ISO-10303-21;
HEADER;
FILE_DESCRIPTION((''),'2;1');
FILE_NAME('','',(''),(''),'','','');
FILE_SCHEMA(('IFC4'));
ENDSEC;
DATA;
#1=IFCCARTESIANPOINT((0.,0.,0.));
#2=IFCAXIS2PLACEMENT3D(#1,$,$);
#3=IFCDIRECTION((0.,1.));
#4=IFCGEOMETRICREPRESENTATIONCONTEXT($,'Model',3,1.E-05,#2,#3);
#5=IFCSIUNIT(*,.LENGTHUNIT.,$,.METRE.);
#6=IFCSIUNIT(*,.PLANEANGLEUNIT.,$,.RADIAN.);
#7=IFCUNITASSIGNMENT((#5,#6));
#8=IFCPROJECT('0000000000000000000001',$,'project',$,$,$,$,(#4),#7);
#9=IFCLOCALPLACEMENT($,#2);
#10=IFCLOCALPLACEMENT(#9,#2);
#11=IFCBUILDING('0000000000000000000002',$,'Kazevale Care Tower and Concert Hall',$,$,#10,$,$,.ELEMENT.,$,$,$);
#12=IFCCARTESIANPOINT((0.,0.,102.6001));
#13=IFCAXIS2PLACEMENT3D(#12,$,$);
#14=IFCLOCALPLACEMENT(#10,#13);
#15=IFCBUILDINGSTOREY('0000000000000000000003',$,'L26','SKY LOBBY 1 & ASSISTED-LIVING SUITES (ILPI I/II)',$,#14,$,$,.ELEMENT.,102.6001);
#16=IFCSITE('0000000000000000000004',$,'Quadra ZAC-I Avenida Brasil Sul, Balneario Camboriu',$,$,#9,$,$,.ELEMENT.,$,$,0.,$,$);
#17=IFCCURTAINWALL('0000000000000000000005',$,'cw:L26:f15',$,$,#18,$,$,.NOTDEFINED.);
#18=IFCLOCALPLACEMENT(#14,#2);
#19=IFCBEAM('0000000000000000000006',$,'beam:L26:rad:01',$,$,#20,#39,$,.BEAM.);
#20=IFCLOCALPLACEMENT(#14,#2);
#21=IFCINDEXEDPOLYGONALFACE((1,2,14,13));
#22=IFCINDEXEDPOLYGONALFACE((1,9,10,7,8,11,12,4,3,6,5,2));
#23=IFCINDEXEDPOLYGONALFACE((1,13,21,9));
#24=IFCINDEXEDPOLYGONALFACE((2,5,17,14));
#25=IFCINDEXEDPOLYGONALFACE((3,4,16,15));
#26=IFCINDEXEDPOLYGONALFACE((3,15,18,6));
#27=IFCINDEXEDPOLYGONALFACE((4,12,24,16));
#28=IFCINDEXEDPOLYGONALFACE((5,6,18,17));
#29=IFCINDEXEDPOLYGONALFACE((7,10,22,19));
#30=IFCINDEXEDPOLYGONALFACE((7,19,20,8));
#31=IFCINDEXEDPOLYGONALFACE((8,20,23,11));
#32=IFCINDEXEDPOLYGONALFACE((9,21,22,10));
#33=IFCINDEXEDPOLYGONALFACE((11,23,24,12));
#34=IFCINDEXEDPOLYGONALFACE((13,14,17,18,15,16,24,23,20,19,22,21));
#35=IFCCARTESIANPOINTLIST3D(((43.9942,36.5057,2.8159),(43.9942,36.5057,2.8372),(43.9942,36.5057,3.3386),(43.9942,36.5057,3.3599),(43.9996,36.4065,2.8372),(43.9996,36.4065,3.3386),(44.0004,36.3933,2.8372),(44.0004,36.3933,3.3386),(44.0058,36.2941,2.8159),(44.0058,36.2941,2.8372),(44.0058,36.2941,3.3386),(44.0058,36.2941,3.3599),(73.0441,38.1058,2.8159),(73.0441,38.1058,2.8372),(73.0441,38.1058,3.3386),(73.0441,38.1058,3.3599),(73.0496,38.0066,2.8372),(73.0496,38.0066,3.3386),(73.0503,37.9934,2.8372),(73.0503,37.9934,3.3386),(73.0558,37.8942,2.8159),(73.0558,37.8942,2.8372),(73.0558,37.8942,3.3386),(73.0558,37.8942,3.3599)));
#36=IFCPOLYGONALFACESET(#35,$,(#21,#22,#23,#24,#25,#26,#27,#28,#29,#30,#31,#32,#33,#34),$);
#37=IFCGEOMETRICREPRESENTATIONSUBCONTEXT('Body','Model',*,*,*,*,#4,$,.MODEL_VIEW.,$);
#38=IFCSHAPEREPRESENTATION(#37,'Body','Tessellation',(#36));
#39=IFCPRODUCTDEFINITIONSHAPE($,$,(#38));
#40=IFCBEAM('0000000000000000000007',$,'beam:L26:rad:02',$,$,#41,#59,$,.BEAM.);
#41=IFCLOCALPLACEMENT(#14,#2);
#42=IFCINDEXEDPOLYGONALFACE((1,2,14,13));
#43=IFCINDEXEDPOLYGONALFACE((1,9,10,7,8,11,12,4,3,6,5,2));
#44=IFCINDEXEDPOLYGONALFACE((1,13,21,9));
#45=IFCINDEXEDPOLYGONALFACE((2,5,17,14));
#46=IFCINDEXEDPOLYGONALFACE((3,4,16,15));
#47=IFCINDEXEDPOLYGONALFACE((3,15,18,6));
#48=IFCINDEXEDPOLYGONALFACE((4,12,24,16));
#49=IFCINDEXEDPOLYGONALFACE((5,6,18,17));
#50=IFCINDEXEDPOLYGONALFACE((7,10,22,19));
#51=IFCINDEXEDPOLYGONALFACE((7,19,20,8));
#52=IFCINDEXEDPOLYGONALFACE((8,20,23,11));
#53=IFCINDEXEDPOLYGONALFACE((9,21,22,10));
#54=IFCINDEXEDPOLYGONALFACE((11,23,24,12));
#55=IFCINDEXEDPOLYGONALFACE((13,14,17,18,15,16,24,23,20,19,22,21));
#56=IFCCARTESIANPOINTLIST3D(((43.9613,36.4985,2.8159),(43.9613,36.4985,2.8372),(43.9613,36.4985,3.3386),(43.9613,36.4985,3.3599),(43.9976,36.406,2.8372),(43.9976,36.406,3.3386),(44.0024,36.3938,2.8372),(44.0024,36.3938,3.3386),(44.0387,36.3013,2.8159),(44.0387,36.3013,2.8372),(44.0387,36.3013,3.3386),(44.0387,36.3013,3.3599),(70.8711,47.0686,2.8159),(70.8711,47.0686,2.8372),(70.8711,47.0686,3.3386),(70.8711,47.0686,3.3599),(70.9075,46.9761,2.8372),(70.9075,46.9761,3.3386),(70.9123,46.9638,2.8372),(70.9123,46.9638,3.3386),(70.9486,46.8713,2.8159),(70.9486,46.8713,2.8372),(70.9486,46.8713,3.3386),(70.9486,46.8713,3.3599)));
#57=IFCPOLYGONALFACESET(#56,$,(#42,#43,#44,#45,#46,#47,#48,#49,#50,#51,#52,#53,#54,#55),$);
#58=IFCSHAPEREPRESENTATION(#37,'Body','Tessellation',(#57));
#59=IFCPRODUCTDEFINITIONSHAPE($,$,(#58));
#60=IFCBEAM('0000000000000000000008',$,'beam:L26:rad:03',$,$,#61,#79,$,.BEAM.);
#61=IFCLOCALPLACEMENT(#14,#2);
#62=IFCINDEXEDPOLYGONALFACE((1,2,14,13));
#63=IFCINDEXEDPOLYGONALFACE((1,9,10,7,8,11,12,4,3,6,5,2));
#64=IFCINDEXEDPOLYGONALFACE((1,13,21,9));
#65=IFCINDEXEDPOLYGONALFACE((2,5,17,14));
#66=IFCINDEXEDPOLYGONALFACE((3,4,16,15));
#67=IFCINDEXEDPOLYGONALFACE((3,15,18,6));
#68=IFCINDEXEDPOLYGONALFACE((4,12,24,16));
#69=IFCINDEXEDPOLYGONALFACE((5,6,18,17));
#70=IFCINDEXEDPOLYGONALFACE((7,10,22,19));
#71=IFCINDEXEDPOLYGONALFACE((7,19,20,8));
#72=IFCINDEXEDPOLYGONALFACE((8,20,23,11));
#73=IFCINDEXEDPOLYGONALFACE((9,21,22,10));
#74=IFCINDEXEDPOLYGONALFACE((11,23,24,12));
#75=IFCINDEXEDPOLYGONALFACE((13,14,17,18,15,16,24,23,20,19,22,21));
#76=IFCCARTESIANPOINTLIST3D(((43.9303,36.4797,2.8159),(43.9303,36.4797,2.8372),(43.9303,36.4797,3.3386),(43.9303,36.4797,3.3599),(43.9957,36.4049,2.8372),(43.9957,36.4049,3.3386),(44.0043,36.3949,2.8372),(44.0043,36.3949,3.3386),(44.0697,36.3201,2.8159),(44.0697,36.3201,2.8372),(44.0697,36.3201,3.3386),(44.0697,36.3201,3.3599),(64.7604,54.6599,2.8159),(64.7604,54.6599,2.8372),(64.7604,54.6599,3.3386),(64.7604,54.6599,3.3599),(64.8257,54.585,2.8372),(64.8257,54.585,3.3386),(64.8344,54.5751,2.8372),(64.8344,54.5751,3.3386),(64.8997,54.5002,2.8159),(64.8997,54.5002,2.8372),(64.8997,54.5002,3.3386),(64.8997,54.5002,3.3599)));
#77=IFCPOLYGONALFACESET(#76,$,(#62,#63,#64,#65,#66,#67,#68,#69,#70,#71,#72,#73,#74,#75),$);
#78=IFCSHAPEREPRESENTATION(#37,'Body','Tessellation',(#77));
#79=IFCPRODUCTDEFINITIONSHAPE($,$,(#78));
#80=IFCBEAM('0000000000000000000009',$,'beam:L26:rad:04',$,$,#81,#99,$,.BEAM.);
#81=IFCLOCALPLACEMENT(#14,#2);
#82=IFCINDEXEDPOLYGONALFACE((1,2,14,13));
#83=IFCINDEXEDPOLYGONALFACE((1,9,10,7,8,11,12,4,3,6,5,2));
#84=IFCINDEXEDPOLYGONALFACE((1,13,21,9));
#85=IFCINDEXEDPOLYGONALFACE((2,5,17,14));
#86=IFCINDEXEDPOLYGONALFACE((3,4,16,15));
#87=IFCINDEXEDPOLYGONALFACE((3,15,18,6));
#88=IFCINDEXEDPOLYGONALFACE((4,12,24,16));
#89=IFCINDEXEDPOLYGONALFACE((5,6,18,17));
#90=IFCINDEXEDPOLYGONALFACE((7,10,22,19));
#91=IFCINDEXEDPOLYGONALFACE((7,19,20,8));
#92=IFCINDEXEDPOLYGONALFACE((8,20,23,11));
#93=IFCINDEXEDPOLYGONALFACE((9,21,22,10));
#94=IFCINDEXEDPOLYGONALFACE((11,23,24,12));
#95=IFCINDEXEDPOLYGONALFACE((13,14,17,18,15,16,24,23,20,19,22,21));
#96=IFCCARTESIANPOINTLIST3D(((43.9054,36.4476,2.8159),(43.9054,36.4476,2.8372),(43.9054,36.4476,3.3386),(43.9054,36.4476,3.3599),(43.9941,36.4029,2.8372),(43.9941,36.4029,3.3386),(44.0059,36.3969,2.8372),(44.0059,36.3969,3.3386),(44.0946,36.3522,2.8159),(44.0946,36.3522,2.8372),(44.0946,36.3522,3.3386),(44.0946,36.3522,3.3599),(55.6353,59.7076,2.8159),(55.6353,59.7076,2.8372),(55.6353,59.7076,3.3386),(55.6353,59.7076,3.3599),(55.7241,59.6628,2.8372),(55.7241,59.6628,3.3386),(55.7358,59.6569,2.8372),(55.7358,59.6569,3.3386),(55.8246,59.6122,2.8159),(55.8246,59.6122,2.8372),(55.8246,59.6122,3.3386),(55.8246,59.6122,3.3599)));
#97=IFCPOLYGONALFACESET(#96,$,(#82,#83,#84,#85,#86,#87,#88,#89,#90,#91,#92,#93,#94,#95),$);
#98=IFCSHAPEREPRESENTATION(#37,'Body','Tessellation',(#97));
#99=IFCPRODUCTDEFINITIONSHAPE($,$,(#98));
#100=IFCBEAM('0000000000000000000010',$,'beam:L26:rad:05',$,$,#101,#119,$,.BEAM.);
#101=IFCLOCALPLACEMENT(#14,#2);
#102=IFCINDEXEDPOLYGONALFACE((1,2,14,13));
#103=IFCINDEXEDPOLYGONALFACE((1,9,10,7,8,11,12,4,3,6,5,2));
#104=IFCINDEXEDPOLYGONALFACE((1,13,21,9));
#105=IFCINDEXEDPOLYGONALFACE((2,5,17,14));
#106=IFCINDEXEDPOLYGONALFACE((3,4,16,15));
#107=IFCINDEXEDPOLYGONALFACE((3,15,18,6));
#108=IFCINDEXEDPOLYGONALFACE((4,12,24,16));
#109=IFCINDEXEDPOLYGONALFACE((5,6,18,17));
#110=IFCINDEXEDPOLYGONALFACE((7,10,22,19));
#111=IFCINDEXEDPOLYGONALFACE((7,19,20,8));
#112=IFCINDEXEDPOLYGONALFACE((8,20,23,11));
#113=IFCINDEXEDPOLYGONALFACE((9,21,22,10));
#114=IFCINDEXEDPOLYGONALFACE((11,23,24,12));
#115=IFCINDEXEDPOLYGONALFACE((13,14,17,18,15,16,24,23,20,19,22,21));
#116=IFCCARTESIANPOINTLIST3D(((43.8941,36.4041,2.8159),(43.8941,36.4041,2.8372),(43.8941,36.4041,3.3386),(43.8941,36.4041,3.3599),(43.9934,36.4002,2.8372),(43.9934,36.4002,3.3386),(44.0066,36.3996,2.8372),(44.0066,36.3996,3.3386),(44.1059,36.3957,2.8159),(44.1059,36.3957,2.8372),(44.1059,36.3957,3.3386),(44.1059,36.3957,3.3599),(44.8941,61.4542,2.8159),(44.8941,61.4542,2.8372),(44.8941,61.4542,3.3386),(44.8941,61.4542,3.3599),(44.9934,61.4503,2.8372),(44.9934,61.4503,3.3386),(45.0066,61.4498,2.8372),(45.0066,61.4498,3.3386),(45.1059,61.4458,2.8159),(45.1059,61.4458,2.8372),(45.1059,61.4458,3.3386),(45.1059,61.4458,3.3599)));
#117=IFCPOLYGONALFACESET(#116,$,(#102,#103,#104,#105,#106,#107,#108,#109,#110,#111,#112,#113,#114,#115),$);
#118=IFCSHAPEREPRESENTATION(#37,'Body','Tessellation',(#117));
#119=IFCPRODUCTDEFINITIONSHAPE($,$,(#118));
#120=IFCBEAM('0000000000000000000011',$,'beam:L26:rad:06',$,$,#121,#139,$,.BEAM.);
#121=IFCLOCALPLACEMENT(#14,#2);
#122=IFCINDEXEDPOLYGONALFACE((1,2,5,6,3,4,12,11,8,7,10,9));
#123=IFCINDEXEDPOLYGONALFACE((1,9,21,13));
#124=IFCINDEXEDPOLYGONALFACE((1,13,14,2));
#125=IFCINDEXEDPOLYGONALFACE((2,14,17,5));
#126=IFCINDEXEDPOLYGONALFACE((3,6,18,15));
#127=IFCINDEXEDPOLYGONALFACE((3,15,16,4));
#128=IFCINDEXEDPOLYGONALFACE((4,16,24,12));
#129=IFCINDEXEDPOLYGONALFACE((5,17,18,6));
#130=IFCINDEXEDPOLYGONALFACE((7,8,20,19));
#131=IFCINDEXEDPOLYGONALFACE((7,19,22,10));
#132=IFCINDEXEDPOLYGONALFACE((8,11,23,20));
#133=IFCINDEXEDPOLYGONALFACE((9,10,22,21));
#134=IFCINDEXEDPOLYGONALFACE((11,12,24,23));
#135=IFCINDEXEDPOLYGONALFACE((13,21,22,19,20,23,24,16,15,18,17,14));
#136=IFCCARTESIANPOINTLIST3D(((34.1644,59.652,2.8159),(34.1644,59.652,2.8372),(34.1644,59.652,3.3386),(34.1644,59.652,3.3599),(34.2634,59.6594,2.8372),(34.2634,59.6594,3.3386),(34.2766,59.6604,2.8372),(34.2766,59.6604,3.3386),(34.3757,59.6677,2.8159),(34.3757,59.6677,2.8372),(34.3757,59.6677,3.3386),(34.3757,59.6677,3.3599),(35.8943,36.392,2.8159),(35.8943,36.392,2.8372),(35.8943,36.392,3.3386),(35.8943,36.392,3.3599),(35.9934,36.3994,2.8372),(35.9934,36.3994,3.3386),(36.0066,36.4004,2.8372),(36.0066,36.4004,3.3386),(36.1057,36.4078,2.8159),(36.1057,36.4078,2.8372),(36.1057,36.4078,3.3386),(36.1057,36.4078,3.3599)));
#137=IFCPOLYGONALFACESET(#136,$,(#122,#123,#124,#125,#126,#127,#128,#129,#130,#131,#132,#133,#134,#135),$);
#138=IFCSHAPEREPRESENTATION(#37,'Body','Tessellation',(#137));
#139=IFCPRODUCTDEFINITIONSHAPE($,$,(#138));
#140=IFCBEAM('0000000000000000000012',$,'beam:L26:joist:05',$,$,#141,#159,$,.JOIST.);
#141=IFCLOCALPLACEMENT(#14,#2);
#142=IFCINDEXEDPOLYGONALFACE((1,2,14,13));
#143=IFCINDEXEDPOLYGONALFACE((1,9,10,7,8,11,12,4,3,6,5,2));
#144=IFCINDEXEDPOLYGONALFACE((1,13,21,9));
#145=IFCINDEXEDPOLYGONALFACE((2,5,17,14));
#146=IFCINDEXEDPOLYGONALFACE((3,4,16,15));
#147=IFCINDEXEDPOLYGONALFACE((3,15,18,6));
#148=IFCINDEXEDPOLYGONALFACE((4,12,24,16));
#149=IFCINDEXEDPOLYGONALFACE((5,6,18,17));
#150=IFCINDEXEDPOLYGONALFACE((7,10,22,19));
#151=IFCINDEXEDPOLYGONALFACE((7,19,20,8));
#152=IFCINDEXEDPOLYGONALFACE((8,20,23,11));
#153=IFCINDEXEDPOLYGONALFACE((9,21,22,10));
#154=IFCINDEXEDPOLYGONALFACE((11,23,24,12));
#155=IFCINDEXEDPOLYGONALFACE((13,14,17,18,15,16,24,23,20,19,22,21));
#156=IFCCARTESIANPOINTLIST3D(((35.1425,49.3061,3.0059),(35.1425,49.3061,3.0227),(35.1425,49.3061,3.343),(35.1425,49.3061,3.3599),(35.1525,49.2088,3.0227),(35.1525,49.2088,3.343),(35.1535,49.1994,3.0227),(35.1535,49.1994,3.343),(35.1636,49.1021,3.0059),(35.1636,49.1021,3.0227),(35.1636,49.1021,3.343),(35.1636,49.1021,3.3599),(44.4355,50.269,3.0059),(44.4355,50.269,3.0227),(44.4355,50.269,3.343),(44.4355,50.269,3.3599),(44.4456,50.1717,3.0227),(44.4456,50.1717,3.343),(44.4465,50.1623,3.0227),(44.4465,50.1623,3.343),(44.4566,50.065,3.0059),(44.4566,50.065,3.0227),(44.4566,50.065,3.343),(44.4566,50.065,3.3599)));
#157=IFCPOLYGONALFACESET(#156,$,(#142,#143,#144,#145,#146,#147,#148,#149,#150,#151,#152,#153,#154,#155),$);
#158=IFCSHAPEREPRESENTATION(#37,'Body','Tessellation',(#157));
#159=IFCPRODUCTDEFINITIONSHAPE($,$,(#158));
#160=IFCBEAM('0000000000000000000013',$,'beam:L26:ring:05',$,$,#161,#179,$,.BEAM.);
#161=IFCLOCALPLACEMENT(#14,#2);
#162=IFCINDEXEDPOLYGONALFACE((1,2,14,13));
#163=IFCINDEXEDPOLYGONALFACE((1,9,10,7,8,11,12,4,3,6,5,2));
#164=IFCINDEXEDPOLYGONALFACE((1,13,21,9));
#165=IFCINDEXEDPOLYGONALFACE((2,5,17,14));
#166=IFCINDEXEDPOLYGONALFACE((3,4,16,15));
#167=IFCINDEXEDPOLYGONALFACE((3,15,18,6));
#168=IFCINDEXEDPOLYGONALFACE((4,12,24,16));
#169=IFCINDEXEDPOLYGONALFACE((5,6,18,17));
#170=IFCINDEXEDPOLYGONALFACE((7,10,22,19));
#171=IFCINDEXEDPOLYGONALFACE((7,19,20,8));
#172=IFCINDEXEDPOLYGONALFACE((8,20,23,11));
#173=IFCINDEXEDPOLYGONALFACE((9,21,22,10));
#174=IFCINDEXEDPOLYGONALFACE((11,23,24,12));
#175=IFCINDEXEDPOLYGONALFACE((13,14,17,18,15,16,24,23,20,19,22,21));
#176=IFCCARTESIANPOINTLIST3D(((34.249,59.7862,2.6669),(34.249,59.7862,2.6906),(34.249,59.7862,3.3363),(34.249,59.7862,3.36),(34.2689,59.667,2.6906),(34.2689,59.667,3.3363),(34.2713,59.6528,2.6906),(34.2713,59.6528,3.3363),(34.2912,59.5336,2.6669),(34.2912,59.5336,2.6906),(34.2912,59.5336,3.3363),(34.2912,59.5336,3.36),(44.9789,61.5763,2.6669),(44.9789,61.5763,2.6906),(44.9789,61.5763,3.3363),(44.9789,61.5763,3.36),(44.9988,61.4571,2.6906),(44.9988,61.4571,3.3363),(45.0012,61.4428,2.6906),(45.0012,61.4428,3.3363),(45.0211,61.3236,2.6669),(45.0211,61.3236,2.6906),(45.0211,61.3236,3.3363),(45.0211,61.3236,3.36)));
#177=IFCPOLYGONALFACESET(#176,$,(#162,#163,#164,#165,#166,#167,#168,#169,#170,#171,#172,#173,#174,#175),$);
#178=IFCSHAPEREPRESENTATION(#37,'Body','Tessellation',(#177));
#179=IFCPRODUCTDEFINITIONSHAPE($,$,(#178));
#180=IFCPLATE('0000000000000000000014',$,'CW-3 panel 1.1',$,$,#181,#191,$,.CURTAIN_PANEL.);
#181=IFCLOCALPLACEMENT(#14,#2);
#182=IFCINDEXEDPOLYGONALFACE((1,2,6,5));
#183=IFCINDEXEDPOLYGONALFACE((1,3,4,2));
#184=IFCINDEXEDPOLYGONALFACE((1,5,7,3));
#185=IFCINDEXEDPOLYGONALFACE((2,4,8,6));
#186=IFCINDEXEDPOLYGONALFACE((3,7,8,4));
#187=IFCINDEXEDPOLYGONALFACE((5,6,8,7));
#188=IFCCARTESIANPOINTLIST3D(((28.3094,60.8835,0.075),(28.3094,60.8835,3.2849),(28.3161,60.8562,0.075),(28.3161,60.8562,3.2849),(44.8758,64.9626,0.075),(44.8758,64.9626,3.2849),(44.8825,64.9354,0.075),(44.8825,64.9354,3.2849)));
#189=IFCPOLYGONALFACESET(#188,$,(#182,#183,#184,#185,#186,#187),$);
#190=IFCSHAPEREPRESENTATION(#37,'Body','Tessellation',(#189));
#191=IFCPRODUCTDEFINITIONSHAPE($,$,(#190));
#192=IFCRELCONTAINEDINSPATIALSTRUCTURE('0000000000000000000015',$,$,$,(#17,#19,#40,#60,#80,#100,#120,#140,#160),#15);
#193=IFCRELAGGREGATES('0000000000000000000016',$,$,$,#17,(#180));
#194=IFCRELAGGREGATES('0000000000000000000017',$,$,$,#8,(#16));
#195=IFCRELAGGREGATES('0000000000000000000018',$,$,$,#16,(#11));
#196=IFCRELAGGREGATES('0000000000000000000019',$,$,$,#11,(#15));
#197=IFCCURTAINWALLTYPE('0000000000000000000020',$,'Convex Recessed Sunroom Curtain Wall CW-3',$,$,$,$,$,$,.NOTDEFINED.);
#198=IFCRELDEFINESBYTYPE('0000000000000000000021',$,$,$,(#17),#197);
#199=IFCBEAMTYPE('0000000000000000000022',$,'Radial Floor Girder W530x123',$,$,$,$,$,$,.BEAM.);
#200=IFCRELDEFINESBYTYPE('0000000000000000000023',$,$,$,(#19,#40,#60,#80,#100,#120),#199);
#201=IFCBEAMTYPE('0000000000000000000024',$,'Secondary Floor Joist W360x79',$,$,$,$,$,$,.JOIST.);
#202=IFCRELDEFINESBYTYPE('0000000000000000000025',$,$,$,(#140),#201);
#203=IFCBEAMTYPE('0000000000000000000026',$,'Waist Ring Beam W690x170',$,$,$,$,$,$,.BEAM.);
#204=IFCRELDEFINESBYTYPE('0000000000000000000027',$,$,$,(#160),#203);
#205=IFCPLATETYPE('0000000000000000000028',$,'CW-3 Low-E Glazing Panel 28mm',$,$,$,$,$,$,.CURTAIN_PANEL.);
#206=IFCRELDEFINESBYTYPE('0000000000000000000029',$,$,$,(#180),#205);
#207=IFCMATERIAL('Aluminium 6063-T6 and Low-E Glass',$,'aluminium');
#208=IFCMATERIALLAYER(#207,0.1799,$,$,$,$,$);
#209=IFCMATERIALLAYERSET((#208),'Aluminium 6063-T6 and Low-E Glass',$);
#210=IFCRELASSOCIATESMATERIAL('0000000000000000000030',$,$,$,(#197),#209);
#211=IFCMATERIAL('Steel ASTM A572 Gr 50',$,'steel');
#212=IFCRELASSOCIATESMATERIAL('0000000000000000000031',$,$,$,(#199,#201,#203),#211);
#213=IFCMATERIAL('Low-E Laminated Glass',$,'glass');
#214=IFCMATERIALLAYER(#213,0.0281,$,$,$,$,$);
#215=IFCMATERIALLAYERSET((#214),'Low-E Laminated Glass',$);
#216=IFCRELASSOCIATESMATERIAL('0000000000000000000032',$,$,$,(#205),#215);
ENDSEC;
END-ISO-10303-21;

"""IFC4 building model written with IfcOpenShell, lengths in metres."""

from ifc_helpers import new_model, si_unit, direction, frame, origin, origin_2d, place, context, subcontext, project, spatial, rectangle, i_section, extrude, material, layer, layer_set, material_profile, profile_set, type_object, element, aggregate, save


model = new_model("IFC4")

# Units and contexts
model_context = context("Model", 3, precision=1e-05, world=origin(), true_north=direction((0.0, 1.0)))
body_context = subcontext(model_context, "Body", "Model", "MODEL_VIEW")
ifc_project = project(units=[si_unit("LENGTHUNIT", "METRE"), si_unit("PLANEANGLEUNIT", "RADIAN")], contexts=[model_context])

# Site, building, storey
site_placement = place(None, origin())
site = spatial("IfcSite", under=ifc_project, at=site_placement, Name="Quadra ZAC-I Avenida Brasil Sul, Balneario Camboriu", CompositionType="ELEMENT", RefElevation=0.0)
building_placement = place(site_placement, origin())
building = spatial("IfcBuilding", under=site, at=building_placement, Name="Kazevale Care Tower and Concert Hall", CompositionType="ELEMENT")
storey_placement = place(building_placement, frame((0.0, 0.0, 102.6001)))
storey = spatial("IfcBuildingStorey", under=building, at=storey_placement, Name="L26", Description="SKY LOBBY 1 & ASSISTED-LIVING SUITES (ILPI I/II)", CompositionType="ELEMENT", Elevation=102.6001)

# Shared definitions
ifc_material_1 = material(Name="Aluminium 6063-T6 and Low-E Glass", Category="aluminium")

# Curtain wall
ifc_layer_1 = layer(ifc_material_1, 0.1799)
ifc_layer_set_1 = layer_set([ifc_layer_1], Name="Aluminium 6063-T6 and Low-E Glass")
curtain_wall_type_1 = type_object("IfcCurtainWallType", Name="Convex Recessed Sunroom Curtain Wall CW-3", PredefinedType="NOTDEFINED", material=ifc_layer_set_1)
curtain_wall_1_placement = place(storey_placement, origin())
curtain_wall_1 = element("IfcCurtainWall", 1, at=curtain_wall_1_placement, inside=storey, type_object=curtain_wall_type_1, Name="cw:L26:f15", PredefinedType="NOTDEFINED")

# Beams
ifc_material_2 = material(Name="Steel ASTM A572 Gr 50", Category="steel")
ifc_material_profile_1 = material_profile(ifc_material_2, i_section(OverallWidth=0.2119, OverallDepth=0.5439, WebThickness=0.0132, FlangeThickness=0.0212, at=origin_2d()), Name="W530x123")
ifc_profile_set_1 = profile_set([ifc_material_profile_1], Name="Steel ASTM A572 Gr 50")
beam_type_1 = type_object("IfcBeamType", Name="Radial Floor Girder W530x123", PredefinedType="BEAM", material=ifc_profile_set_1)
beam_1_placement = place(storey_placement, frame((44.0, 36.3999, 3.0879), z_axis=(0.998487, 0.054997, 0.0), x_axis=(-0.054997, 0.998487, 0.0)))
element("IfcBeam", 2, at=beam_1_placement, inside=storey, type_object=beam_type_1, Name="beam:L26:rad:01", PredefinedType="BEAM", context=body_context, shape_type="SweptSolid", body=[
    extrude(i_section(OverallWidth=0.2119, OverallDepth=0.5439, WebThickness=0.0132, FlangeThickness=0.0212, at=origin_2d()), origin(), (0.0, 0.0, 1.0), 29.094),
])
beam_2_placement = place(storey_placement, frame((44.0, 36.3999, 3.0879), z_axis=(0.930771, 0.365602, 0.0), x_axis=(-0.365602, 0.930771, 0.0)))
element("IfcBeam", 3, at=beam_2_placement, inside=storey, type_object=beam_type_1, Name="beam:L26:rad:02", PredefinedType="BEAM", context=body_context, shape_type="SweptSolid", body=[
    extrude(i_section(OverallWidth=0.2119, OverallDepth=0.5439, WebThickness=0.0132, FlangeThickness=0.0212, at=origin_2d()), origin(), (0.0, 0.0, 1.0), 28.9114),
])
beam_3_placement = place(storey_placement, frame((44.0, 36.3999, 3.0879), z_axis=(0.753403, 0.657559, 0.0), x_axis=(-0.657559, 0.753403, 0.0)))
element("IfcBeam", 4, at=beam_3_placement, inside=storey, type_object=beam_type_1, Name="beam:L26:rad:03", PredefinedType="BEAM", context=body_context, shape_type="SweptSolid", body=[
    extrude(i_section(OverallWidth=0.2119, OverallDepth=0.5439, WebThickness=0.0132, FlangeThickness=0.0212, at=origin_2d()), origin(), (0.0, 0.0, 1.0), 27.6479),
])
beam_4_placement = place(storey_placement, frame((44.0, 36.3999, 3.0879), z_axis=(0.450281, 0.892887, 0.0), x_axis=(-0.892887, 0.450281, 0.0)))
element("IfcBeam", 5, at=beam_4_placement, inside=storey, type_object=beam_type_1, Name="beam:L26:rad:04", PredefinedType="BEAM", context=body_context, shape_type="SweptSolid", body=[
    extrude(i_section(OverallWidth=0.2119, OverallDepth=0.5439, WebThickness=0.0132, FlangeThickness=0.0212, at=origin_2d()), origin(), (0.0, 0.0, 1.0), 26.0503),
])
beam_5_placement = place(storey_placement, frame((44.0, 36.3999, 3.0879), z_axis=(0.039888, 0.999204, 0.0), x_axis=(-0.999204, 0.039888, 0.0)))
element("IfcBeam", 6, at=beam_5_placement, inside=storey, type_object=beam_type_1, Name="beam:L26:rad:05", PredefinedType="BEAM", context=body_context, shape_type="SweptSolid", body=[
    extrude(i_section(OverallWidth=0.2119, OverallDepth=0.5439, WebThickness=0.0132, FlangeThickness=0.0212, at=origin_2d()), origin(), (0.0, 0.0, 1.0), 25.0701),
])
beam_6_placement = place(storey_placement, frame((36.0, 36.3999, 3.0879), z_axis=(-0.074171, 0.997246, 0.0), x_axis=(-0.997246, -0.074171, 0.0)))
element("IfcBeam", 7, at=beam_6_placement, inside=storey, type_object=beam_type_1, Name="beam:L26:rad:06", PredefinedType="BEAM", context=body_context, shape_type="SweptSolid", body=[
    extrude(i_section(OverallWidth=0.2119, OverallDepth=0.5439, WebThickness=0.0132, FlangeThickness=0.0212, at=origin_2d()), origin(), (0.0, 0.0, 1.0), 23.3242),
])
ifc_material_profile_2 = material_profile(ifc_material_2, i_section(OverallWidth=0.2051, OverallDepth=0.354, WebThickness=0.0095, FlangeThickness=0.0168, at=origin_2d()), Name="W360x79")
ifc_profile_set_2 = profile_set([ifc_material_profile_2], Name="Steel ASTM A572 Gr 50")
beam_type_2 = type_object("IfcBeamType", Name="Secondary Floor Joist W360x79", PredefinedType="JOIST", material=ifc_profile_set_2)
beam_7_placement = place(storey_placement, frame((44.446, 50.167, 3.1829), z_axis=(-0.994675, -0.103063, 0.0), x_axis=(0.103063, -0.994675, 0.0)))
element("IfcBeam", 8, at=beam_7_placement, inside=storey, type_object=beam_type_2, Name="beam:L26:joist:05", PredefinedType="JOIST", context=body_context, shape_type="SweptSolid", body=[
    extrude(i_section(OverallWidth=0.2051, OverallDepth=0.354, WebThickness=0.0095, FlangeThickness=0.0168, at=origin_2d()), origin(), (0.0, 0.0, 1.0), 9.3428),
])
ifc_material_profile_3 = material_profile(ifc_material_2, i_section(OverallWidth=0.2561, OverallDepth=0.6931, WebThickness=0.0144, FlangeThickness=0.0237, at=origin_2d()), Name="W690x170")
ifc_profile_set_3 = profile_set([ifc_material_profile_3], Name="Steel ASTM A572 Gr 50")
beam_type_3 = type_object("IfcBeamType", Name="Waist Ring Beam W690x170", PredefinedType="BEAM", material=ifc_profile_set_3)
beam_8_placement = place(storey_placement, frame((45.0, 61.45, 3.0134), z_axis=(-0.986368, -0.164552, 0.0), x_axis=(0.164552, -0.986368, 0.0)))
element("IfcBeam", 9, at=beam_8_placement, inside=storey, type_object=beam_type_3, Name="beam:L26:ring:05", PredefinedType="BEAM", context=body_context, shape_type="SweptSolid", body=[
    extrude(i_section(OverallWidth=0.2561, OverallDepth=0.6931, WebThickness=0.0144, FlangeThickness=0.0237, at=origin_2d()), origin(), (0.0, 0.0, 1.0), 10.8782),
])

# Plate
ifc_material_3 = material(Name="Low-E Laminated Glass", Category="glass")
ifc_layer_2 = layer(ifc_material_3, 0.0281)
ifc_layer_set_2 = layer_set([ifc_layer_2], Name="Low-E Laminated Glass")
plate_type = type_object("IfcPlateType", Name="CW-3 Low-E Glazing Panel 28mm", PredefinedType="CURTAIN_PANEL", material=ifc_layer_set_2)
plate_placement = place(storey_placement, frame((36.5959, 62.9094, 0.075), z_axis=(0.0, 0.0, 1.0), x_axis=(0.970998, 0.239089, 0.0)))
plate = element("IfcPlate", 10, at=plate_placement, type_object=plate_type, Name="CW-3 panel 1.1", PredefinedType="CURTAIN_PANEL", context=body_context, shape_type="SweptSolid", body=[
    extrude(rectangle(XDim=17.0613, YDim=0.0281, at=origin_2d()), origin(), (0.0, 0.0, 1.0), 3.21),
])
aggregate(curtain_wall_1, [plate])

save(model, "model.ifc")
